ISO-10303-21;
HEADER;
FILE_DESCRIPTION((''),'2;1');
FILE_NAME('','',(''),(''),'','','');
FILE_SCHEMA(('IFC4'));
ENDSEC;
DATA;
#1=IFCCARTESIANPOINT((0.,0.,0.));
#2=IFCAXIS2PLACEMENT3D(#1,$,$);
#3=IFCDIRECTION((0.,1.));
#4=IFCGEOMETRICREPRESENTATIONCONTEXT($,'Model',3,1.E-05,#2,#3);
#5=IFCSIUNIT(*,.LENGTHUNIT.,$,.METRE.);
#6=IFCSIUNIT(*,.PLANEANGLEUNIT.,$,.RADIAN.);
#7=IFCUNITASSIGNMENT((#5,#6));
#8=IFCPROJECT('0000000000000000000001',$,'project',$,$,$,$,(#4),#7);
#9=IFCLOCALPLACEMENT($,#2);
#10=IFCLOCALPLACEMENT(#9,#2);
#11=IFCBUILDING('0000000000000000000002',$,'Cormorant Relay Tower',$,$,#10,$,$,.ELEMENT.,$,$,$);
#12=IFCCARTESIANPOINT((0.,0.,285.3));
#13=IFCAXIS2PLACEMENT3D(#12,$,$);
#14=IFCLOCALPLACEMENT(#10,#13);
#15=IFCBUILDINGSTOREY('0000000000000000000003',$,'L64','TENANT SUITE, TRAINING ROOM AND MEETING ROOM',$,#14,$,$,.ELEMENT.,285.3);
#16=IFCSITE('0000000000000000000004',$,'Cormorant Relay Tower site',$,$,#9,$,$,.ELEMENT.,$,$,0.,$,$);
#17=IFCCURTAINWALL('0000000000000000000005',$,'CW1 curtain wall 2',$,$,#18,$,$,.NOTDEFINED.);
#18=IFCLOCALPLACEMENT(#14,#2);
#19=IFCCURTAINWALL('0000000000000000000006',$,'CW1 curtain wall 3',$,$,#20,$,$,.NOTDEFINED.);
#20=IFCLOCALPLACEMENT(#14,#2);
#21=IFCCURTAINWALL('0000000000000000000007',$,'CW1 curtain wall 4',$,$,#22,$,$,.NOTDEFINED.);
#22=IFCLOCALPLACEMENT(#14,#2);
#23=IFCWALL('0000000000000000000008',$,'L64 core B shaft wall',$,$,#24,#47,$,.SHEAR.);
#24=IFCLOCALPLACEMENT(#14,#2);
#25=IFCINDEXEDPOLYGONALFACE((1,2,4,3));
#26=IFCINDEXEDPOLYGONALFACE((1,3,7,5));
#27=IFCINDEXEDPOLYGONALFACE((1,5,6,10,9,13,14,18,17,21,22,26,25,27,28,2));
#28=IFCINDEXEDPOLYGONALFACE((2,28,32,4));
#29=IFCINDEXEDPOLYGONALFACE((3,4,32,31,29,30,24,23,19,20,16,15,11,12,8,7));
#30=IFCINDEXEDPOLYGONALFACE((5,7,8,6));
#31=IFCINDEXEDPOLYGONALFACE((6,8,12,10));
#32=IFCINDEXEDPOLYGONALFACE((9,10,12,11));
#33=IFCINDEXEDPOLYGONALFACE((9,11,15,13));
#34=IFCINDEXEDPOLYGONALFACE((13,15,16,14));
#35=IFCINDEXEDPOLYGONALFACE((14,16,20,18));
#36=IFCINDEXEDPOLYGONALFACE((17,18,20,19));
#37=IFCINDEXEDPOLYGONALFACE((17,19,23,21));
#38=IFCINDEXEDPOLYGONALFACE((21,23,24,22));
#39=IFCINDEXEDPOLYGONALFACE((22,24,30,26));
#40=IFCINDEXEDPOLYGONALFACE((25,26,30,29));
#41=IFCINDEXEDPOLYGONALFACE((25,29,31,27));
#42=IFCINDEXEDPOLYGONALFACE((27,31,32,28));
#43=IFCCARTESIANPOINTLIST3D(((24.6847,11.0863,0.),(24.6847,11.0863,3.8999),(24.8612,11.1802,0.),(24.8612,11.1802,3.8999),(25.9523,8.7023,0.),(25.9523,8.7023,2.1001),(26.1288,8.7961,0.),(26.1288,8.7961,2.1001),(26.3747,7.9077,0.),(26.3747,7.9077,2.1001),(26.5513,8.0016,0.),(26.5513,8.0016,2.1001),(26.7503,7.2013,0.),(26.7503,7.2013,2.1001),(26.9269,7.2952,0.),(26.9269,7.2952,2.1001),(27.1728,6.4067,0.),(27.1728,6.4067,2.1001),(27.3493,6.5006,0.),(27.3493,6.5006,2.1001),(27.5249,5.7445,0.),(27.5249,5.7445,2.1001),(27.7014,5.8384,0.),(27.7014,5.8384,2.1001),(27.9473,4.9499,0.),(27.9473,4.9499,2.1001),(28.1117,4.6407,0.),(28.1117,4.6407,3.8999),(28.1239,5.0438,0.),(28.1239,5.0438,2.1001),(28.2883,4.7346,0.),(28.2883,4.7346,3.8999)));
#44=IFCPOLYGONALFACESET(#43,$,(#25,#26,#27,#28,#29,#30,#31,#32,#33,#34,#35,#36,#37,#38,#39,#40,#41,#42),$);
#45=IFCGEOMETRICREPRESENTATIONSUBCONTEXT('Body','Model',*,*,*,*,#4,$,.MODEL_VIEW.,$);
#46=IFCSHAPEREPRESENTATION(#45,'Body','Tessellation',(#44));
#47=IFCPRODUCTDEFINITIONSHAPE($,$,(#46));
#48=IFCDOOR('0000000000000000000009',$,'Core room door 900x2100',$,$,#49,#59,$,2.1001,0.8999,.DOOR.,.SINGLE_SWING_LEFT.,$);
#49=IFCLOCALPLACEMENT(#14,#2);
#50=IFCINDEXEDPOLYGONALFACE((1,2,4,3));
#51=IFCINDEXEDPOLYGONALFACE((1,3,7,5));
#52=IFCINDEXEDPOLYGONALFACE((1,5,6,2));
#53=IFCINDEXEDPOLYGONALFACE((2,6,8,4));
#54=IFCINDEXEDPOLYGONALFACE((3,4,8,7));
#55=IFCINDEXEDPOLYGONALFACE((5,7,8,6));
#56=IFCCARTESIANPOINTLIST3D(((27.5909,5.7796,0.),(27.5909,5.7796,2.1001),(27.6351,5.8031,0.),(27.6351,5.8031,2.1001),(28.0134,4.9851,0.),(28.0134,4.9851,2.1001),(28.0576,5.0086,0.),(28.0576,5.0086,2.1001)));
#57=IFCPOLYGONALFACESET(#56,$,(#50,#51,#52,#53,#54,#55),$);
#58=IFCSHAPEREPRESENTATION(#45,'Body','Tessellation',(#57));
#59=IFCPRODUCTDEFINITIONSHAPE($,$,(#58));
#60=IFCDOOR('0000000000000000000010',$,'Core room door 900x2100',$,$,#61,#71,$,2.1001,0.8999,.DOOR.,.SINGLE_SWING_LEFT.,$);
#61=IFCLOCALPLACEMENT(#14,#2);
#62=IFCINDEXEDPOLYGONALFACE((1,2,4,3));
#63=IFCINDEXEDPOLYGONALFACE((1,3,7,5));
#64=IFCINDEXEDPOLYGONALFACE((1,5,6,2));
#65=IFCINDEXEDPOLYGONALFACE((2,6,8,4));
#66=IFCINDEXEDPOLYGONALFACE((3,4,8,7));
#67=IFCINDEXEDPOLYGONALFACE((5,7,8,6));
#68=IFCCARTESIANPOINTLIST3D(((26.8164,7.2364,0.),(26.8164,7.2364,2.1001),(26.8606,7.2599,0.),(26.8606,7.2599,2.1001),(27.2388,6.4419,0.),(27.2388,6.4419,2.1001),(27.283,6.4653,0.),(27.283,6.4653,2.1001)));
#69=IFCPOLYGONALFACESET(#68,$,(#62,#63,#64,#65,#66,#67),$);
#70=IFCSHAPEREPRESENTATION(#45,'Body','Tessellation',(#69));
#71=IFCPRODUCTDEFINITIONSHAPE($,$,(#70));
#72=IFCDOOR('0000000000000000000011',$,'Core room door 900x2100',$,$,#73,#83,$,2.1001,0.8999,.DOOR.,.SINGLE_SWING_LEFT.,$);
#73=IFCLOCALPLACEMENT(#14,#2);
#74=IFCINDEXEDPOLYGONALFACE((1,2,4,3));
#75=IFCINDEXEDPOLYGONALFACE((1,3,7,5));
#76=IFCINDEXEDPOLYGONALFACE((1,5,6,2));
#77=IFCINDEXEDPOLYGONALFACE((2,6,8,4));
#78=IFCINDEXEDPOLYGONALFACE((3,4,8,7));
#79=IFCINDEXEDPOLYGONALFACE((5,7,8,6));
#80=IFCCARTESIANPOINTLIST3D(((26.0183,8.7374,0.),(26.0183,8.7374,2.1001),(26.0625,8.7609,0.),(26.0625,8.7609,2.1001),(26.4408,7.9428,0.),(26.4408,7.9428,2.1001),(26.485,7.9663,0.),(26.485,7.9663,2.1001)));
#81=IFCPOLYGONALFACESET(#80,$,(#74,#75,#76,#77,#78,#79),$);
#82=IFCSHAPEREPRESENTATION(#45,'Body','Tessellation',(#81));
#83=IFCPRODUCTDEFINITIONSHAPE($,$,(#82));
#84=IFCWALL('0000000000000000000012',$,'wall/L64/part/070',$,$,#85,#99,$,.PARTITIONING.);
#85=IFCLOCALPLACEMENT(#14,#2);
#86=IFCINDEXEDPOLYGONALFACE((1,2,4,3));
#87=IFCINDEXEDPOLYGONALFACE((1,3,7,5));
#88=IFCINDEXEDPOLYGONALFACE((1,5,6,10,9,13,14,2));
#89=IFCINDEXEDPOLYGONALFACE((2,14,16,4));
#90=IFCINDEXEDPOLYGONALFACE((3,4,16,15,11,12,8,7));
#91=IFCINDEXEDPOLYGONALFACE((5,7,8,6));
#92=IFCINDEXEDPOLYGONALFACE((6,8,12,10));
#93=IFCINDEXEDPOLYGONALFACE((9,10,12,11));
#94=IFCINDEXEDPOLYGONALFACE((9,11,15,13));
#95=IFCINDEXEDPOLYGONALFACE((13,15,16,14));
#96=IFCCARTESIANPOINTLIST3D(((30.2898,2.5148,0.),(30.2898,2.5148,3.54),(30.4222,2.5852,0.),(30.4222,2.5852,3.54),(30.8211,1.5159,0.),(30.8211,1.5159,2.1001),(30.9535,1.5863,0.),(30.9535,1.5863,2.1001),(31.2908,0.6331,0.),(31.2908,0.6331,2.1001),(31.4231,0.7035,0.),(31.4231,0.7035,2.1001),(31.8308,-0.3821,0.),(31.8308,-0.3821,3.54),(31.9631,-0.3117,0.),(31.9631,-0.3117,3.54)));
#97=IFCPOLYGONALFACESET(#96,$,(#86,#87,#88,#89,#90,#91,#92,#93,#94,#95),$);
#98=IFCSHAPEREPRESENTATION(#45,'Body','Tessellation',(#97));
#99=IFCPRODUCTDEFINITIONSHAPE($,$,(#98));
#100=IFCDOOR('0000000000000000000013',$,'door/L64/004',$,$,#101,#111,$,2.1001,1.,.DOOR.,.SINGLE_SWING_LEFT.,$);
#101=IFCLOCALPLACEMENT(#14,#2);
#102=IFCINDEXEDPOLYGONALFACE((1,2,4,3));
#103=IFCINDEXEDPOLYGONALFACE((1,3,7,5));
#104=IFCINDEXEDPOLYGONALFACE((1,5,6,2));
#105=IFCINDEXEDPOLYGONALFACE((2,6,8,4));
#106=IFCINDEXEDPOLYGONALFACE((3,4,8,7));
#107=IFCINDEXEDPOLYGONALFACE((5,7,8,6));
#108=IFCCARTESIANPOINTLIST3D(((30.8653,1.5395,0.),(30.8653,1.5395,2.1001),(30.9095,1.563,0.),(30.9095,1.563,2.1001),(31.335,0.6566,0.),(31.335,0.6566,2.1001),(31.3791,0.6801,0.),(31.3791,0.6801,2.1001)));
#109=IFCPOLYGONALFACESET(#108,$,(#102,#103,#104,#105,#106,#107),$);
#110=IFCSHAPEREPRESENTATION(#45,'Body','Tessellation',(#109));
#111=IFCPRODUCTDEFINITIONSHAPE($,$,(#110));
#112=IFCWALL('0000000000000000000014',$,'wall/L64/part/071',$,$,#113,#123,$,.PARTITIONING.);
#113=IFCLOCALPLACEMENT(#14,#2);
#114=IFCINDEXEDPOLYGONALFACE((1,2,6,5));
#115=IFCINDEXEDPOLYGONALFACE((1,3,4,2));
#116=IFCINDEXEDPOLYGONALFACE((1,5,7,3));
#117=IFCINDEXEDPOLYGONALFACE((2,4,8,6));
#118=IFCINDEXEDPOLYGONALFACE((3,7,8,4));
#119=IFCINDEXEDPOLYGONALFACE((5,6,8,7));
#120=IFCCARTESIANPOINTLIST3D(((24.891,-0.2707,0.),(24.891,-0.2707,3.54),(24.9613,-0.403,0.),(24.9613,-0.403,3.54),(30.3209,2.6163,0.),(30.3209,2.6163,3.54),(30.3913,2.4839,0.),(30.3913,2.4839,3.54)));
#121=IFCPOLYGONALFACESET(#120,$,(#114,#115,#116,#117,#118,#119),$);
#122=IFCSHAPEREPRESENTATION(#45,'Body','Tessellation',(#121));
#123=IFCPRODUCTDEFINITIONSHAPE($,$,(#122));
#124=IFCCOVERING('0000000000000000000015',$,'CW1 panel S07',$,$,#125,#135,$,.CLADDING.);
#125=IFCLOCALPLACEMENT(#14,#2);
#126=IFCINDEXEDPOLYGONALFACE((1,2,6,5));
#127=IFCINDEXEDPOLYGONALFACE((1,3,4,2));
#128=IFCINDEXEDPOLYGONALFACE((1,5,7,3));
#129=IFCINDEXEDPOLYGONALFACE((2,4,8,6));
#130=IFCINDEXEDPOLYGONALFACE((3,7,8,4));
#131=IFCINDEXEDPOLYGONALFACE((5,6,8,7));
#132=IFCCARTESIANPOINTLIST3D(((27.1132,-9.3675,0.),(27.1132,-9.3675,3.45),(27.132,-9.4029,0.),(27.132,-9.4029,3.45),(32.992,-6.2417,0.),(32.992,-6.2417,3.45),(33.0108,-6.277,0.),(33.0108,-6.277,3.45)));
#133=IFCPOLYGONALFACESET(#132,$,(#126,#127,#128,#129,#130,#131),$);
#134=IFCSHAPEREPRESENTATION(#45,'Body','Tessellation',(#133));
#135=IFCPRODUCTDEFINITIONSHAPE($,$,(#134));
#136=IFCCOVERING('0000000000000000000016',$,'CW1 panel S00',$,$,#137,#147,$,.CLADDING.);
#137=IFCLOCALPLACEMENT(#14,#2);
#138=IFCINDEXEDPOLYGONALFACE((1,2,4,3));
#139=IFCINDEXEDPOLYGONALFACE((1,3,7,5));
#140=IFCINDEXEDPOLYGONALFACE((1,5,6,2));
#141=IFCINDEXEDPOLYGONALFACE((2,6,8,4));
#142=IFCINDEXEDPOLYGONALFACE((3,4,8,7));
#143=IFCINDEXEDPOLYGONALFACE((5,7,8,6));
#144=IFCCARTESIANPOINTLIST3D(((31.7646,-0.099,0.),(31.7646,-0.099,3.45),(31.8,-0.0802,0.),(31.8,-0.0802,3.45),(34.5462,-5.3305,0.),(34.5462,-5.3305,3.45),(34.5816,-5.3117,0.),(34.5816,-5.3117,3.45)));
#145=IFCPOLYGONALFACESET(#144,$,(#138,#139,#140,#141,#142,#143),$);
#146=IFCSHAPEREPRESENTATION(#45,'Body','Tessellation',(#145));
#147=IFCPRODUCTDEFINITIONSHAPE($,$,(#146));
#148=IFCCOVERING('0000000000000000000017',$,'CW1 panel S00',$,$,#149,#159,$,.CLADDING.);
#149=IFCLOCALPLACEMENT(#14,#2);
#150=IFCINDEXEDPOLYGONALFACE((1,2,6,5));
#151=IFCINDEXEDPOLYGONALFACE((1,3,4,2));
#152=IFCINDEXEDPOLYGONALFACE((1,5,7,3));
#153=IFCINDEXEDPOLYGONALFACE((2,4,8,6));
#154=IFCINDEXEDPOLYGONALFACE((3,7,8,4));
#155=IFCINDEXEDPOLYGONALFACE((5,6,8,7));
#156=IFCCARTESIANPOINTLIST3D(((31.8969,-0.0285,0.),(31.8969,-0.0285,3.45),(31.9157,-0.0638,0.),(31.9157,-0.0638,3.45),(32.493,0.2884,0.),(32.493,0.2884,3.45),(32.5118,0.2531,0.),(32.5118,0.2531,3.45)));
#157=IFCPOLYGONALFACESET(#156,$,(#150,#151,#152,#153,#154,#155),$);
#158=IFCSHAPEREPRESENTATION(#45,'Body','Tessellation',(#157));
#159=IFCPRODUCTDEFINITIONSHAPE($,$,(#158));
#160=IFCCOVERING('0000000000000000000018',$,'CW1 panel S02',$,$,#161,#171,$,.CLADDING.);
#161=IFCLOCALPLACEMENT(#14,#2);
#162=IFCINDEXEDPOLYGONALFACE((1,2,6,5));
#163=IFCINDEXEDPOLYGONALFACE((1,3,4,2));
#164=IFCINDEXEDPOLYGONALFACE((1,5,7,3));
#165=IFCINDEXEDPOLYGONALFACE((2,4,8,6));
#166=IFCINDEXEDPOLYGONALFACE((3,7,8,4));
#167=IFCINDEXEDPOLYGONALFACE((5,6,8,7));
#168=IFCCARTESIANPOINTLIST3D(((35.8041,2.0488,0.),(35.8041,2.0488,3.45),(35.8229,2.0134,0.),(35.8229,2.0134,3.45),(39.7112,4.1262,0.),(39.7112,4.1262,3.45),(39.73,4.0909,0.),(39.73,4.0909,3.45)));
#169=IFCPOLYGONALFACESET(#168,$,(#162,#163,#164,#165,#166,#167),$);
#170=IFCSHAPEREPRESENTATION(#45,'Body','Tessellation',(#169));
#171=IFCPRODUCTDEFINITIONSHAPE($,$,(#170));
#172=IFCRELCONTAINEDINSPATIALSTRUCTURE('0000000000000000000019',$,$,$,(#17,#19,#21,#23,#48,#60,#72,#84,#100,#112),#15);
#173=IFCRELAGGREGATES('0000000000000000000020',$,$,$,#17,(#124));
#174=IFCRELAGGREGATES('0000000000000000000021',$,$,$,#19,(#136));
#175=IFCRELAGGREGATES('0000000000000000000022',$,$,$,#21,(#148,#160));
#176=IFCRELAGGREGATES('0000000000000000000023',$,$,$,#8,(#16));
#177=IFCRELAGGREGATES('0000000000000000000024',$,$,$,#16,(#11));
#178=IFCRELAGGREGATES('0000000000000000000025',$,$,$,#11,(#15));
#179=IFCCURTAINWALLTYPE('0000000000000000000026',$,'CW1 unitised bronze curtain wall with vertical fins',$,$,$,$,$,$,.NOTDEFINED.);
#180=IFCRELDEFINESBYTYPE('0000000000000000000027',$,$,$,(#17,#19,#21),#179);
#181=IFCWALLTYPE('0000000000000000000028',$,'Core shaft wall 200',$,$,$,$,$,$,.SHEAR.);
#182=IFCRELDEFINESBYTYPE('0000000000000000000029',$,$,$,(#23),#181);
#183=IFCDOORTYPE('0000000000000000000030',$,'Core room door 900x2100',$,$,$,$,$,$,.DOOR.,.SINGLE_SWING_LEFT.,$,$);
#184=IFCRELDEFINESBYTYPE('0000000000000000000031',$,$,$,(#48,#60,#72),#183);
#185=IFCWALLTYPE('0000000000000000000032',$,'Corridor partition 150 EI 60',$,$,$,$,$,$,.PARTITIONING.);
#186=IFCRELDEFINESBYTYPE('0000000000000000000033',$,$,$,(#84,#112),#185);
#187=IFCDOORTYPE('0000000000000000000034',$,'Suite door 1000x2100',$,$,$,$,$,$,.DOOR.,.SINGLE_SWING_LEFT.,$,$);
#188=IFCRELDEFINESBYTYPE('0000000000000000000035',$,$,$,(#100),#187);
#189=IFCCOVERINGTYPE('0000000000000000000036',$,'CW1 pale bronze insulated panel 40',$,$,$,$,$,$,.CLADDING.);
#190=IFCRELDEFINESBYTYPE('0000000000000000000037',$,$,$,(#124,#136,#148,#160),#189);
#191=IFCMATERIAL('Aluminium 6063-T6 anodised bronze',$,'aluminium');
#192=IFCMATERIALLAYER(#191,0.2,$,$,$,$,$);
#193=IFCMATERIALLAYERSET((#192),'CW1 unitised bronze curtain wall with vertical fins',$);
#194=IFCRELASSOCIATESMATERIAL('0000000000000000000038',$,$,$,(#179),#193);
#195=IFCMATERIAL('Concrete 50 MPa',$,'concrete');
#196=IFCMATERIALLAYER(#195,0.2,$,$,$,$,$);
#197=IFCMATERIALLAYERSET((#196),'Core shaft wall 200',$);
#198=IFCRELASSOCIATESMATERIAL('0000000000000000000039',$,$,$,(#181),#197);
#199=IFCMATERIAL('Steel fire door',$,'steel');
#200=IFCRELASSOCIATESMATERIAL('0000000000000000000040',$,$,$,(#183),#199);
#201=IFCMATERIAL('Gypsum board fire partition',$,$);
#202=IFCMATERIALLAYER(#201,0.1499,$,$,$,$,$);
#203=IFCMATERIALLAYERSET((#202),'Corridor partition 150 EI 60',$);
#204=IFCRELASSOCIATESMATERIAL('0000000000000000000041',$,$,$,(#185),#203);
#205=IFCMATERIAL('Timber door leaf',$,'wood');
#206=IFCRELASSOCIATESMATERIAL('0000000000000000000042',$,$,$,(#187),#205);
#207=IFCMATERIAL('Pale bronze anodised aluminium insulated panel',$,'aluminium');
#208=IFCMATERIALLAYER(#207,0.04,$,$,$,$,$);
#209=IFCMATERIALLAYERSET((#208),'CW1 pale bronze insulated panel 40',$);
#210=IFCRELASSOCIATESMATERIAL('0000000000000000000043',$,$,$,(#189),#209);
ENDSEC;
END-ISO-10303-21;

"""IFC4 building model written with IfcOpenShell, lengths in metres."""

from ifc_helpers import new_model, si_unit, direction, frame, frame_2d, origin, origin_2d, place, context, subcontext, project, spatial, rectangle, extrude, material, layer, layer_set, type_object, element, fill, aggregate, save


model = new_model("IFC4")

# Units and contexts
model_context = context("Model", 3, precision=1e-05, world=origin(), true_north=direction((0.0, 1.0)))
body_context = subcontext(model_context, "Body", "Model", "MODEL_VIEW")
ifc_project = project(units=[si_unit("LENGTHUNIT", "METRE"), si_unit("PLANEANGLEUNIT", "RADIAN")], contexts=[model_context])

# Site, building, storey
site_placement = place(None, origin())
site = spatial("IfcSite", under=ifc_project, at=site_placement, Name="Cormorant Relay Tower site", CompositionType="ELEMENT", RefElevation=0.0)
building_placement = place(site_placement, origin())
building = spatial("IfcBuilding", under=site, at=building_placement, Name="Cormorant Relay Tower", CompositionType="ELEMENT")
storey_placement = place(building_placement, frame((0.0, 0.0, 285.3)))
storey = spatial("IfcBuildingStorey", under=building, at=storey_placement, Name="L64", Description="TENANT SUITE, TRAINING ROOM AND MEETING ROOM", CompositionType="ELEMENT", Elevation=285.3)

# Curtain walls
ifc_material_1 = material(Name="Aluminium 6063-T6 anodised bronze", Category="aluminium")
ifc_layer_1 = layer(ifc_material_1, 0.2)
ifc_layer_set_1 = layer_set([ifc_layer_1], Name="CW1 unitised bronze curtain wall with vertical fins")
curtain_wall_type = type_object("IfcCurtainWallType", Name="CW1 unitised bronze curtain wall with vertical fins", PredefinedType="NOTDEFINED", material=ifc_layer_set_1)
curtain_wall_1_placement = place(storey_placement, origin())
curtain_wall_1 = element("IfcCurtainWall", 1, at=curtain_wall_1_placement, inside=storey, type_object=curtain_wall_type, Name="CW1 curtain wall 2", PredefinedType="NOTDEFINED")
curtain_wall_2_placement = place(storey_placement, origin())
curtain_wall_2 = element("IfcCurtainWall", 2, at=curtain_wall_2_placement, inside=storey, type_object=curtain_wall_type, Name="CW1 curtain wall 3", PredefinedType="NOTDEFINED")

# Curtain wall
curtain_wall_3_placement = place(storey_placement, origin())
curtain_wall_3 = element("IfcCurtainWall", 3, at=curtain_wall_3_placement, inside=storey, type_object=curtain_wall_type, Name="CW1 curtain wall 4", PredefinedType="NOTDEFINED")

# Shared definitions
ifc_material_2 = material(Name="Concrete 50 MPa", Category="concrete")
ifc_layer_2 = layer(ifc_material_2, 0.2)
ifc_layer_set_2 = layer_set([ifc_layer_2], Name="Core shaft wall 200")
wall_type_1 = type_object("IfcWallType", Name="Core shaft wall 200", PredefinedType="SHEAR", material=ifc_layer_set_2)

# Wall, openings, doors
wall_1_placement = place(storey_placement, frame((28.2, 4.6877, 0.0), z_axis=(0.0, 0.0, 1.0), x_axis=(-0.469454, 0.882957, 0.0)))
wall_1 = element("IfcWall", 4, at=wall_1_placement, inside=storey, type_object=wall_type_1, Name="L64 core B shaft wall", PredefinedType="SHEAR", context=body_context, shape_type="SweptSolid", body=[
    extrude(rectangle(XDim=7.3, YDim=0.2, at=frame_2d((3.6499, 0.0))), origin(), (0.0, 0.0, 1.0), 3.8999),
])
opening_1_placement = place(wall_1_placement, frame((0.3501, 0.0, 0.0)))
opening_1 = element("IfcOpeningElement", 5, at=opening_1_placement, cuts=wall_1, PredefinedType="OPENING", context=body_context, shape_type="SweptSolid", body=[
    extrude(rectangle(XDim=0.8999, YDim=2.1001, at=frame_2d((0.45, 1.05))), frame((0.0, 0.1099, 0.0), z_axis=(0.0, -1.0, 0.0), x_axis=(1.0, 0.0, 0.0)), (0.0, 0.0, 1.0), 0.22),
])
opening_2_placement = place(wall_1_placement, frame((2.0, 0.0, 0.0)))
opening_2 = element("IfcOpeningElement", 6, at=opening_2_placement, cuts=wall_1, PredefinedType="OPENING", context=body_context, shape_type="SweptSolid", body=[
    extrude(rectangle(XDim=0.8999, YDim=2.1001, at=frame_2d((0.45, 1.05))), frame((0.0, 0.1099, 0.0), z_axis=(0.0, -1.0, 0.0), x_axis=(1.0, 0.0, 0.0)), (0.0, 0.0, 1.0), 0.22),
])
opening_3_placement = place(wall_1_placement, frame((3.7, 0.0, 0.0)))
opening_3 = element("IfcOpeningElement", 7, at=opening_3_placement, cuts=wall_1, PredefinedType="OPENING", context=body_context, shape_type="SweptSolid", body=[
    extrude(rectangle(XDim=0.8999, YDim=2.1001, at=frame_2d((0.45, 1.05))), frame((0.0, 0.1099, 0.0), z_axis=(0.0, -1.0, 0.0), x_axis=(1.0, 0.0, 0.0)), (0.0, 0.0, 1.0), 0.22),
])
ifc_material_3 = material(Name="Steel fire door", Category="steel")
door_type_1 = type_object("IfcDoorType", Name="Core room door 900x2100", OperationType="SINGLE_SWING_LEFT", PredefinedType="DOOR", material=ifc_material_3)
door_1_placement = place(opening_1_placement, frame((0.8999, 0.0, 0.0), z_axis=(0.0, 0.0, 1.0), x_axis=(-1.0, 0.0, 0.0)))
door_1 = element("IfcDoor", 8, at=door_1_placement, inside=storey, type_object=door_type_1, Name="Core room door 900x2100", OperationType="SINGLE_SWING_LEFT", OverallHeight=2.1001, OverallWidth=0.8999, PredefinedType="DOOR", context=body_context, shape_type="SweptSolid", body=[
    extrude(rectangle(XDim=0.8999, YDim=2.1001, at=frame_2d((0.45, 1.05))), frame((0.0, 0.0249, 0.0), z_axis=(0.0, -1.0, 0.0), x_axis=(1.0, 0.0, 0.0)), (0.0, 0.0, 1.0), 0.05),
])
fill(opening_1, door_1)
door_2_placement = place(opening_2_placement, frame((0.8999, 0.0, 0.0), z_axis=(0.0, 0.0, 1.0), x_axis=(-1.0, 0.0, 0.0)))
door_2 = element("IfcDoor", 9, at=door_2_placement, inside=storey, type_object=door_type_1, Name="Core room door 900x2100", OperationType="SINGLE_SWING_LEFT", OverallHeight=2.1001, OverallWidth=0.8999, PredefinedType="DOOR", context=body_context, shape_type="SweptSolid", body=[
    extrude(rectangle(XDim=0.8999, YDim=2.1001, at=frame_2d((0.45, 1.05))), frame((0.0, 0.0249, 0.0), z_axis=(0.0, -1.0, 0.0), x_axis=(1.0, 0.0, 0.0)), (0.0, 0.0, 1.0), 0.05),
])
fill(opening_2, door_2)
door_3_placement = place(opening_3_placement, frame((0.8999, 0.0, 0.0), z_axis=(0.0, 0.0, 1.0), x_axis=(-1.0, 0.0, 0.0)))
door_3 = element("IfcDoor", 10, at=door_3_placement, inside=storey, type_object=door_type_1, Name="Core room door 900x2100", OperationType="SINGLE_SWING_LEFT", OverallHeight=2.1001, OverallWidth=0.8999, PredefinedType="DOOR", context=body_context, shape_type="SweptSolid", body=[
    extrude(rectangle(XDim=0.8999, YDim=2.1001, at=frame_2d((0.45, 1.05))), frame((0.0, 0.0249, 0.0), z_axis=(0.0, -1.0, 0.0), x_axis=(1.0, 0.0, 0.0)), (0.0, 0.0, 1.0), 0.05),
])
fill(opening_3, door_3)

# Wall, opening, door
ifc_material_4 = material(Name="Gypsum board fire partition")
ifc_layer_3 = layer(ifc_material_4, 0.1499)
ifc_layer_set_3 = layer_set([ifc_layer_3], Name="Corridor partition 150 EI 60")
wall_type_2 = type_object("IfcWallType", Name="Corridor partition 150 EI 60", PredefinedType="PARTITIONING", material=ifc_layer_set_3)
wall_2_placement = place(storey_placement, frame((31.897, -0.3469, 0.0), z_axis=(0.0, 0.0, 1.0), x_axis=(-0.46963, 0.882863, 0.0)))
wall_2 = element("IfcWall", 11, at=wall_2_placement, inside=storey, type_object=wall_type_2, Name="wall/L64/part/070", PredefinedType="PARTITIONING", context=body_context, shape_type="SweptSolid", body=[
    extrude(rectangle(XDim=3.2812, YDim=0.1499, at=frame_2d((1.6406, 0.0))), origin(), (0.0, 0.0, 1.0), 3.54),
])
opening_4_placement = place(wall_2_placement, frame((1.1499, 0.0, 0.0)))
opening_4 = element("IfcOpeningElement", 12, at=opening_4_placement, cuts=wall_2, PredefinedType="OPENING", context=body_context, shape_type="SweptSolid", body=[
    extrude(rectangle(XDim=1.0, YDim=2.1001, at=frame_2d((0.5, 1.05))), frame((0.0, 0.085, 0.0), z_axis=(0.0, -1.0, 0.0), x_axis=(1.0, 0.0, 0.0)), (0.0, 0.0, 1.0), 0.1699),
])
ifc_material_5 = material(Name="Timber door leaf", Category="wood")
door_type_2 = type_object("IfcDoorType", Name="Suite door 1000x2100", OperationType="SINGLE_SWING_LEFT", PredefinedType="DOOR", material=ifc_material_5)
door_4_placement = place(opening_4_placement, origin())
door_4 = element("IfcDoor", 13, at=door_4_placement, inside=storey, type_object=door_type_2, Name="door/L64/004", OperationType="SINGLE_SWING_LEFT", OverallHeight=2.1001, OverallWidth=1.0, PredefinedType="DOOR", context=body_context, shape_type="SweptSolid", body=[
    extrude(rectangle(XDim=1.0, YDim=2.1001, at=frame_2d((0.5, 1.05))), frame((0.0, 0.0249, 0.0), z_axis=(0.0, -1.0, 0.0), x_axis=(1.0, 0.0, 0.0)), (0.0, 0.0, 1.0), 0.05),
])
fill(opening_4, door_4)

# Wall
wall_3_placement = place(storey_placement, frame((30.356, 2.55, 0.0), z_axis=(0.0, 0.0, 1.0), x_axis=(-0.88296, -0.469448, 0.0)))
element("IfcWall", 14, at=wall_3_placement, inside=storey, type_object=wall_type_2, Name="wall/L64/part/071", PredefinedType="PARTITIONING", context=body_context, shape_type="SweptSolid", body=[
    extrude(rectangle(XDim=6.1497, YDim=0.1499, at=frame_2d((3.0747, 0.0))), origin(), (0.0, 0.0, 1.0), 3.54),
])

# Coverings
ifc_material_6 = material(Name="Pale bronze anodised aluminium insulated panel", Category="aluminium")
ifc_layer_4 = layer(ifc_material_6, 0.04)
ifc_layer_set_4 = layer_set([ifc_layer_4], Name="CW1 pale bronze insulated panel 40")
covering_type = type_object("IfcCoveringType", Name="CW1 pale bronze insulated panel 40", PredefinedType="CLADDING", material=ifc_layer_set_4)
covering_1_placement = place(storey_placement, frame((30.062, -7.8223, 0.0), z_axis=(0.0, 0.0, 1.0), x_axis=(0.882948, 0.469472, 0.0)))
covering_1 = element("IfcCovering", 15, at=covering_1_placement, type_object=covering_type, Name="CW1 panel S07", PredefinedType="CLADDING", context=body_context, shape_type="SweptSolid", body=[
    extrude(rectangle(XDim=6.6582, YDim=0.04, at=origin_2d()), origin(), (0.0, 0.0, 1.0), 3.45),
])
aggregate(curtain_wall_1, [covering_1])
covering_2_placement = place(storey_placement, frame((33.1731, -2.7053, 0.0), z_axis=(0.0, 0.0, 1.0), x_axis=(-0.469472, 0.882948, 0.0)))
covering_2 = element("IfcCovering", 16, at=covering_2_placement, type_object=covering_type, Name="CW1 panel S00", PredefinedType="CLADDING", context=body_context, shape_type="SweptSolid", body=[
    extrude(rectangle(XDim=5.925, YDim=0.04, at=origin_2d()), origin(), (0.0, 0.0, 1.0), 3.45),
])
aggregate(curtain_wall_2, [covering_2])
covering_3_placement = place(storey_placement, frame((32.2043, 0.1123, 0.0), z_axis=(0.0, 0.0, 1.0), x_axis=(0.882948, 0.469472, 0.0)))
covering_3 = element("IfcCovering", 17, at=covering_3_placement, type_object=covering_type, Name="CW1 panel S00", PredefinedType="CLADDING", context=body_context, shape_type="SweptSolid", body=[
    extrude(rectangle(XDim=0.675, YDim=0.04, at=origin_2d()), origin(), (0.0, 0.0, 1.0), 3.45),
])
covering_4_placement = place(storey_placement, frame((37.7671, 3.0698, 0.0), z_axis=(0.0, 0.0, 1.0), x_axis=(0.882948, 0.469472, 0.0)))
covering_4 = element("IfcCovering", 18, at=covering_4_placement, type_object=covering_type, Name="CW1 panel S02", PredefinedType="CLADDING", context=body_context, shape_type="SweptSolid", body=[
    extrude(rectangle(XDim=4.425, YDim=0.04, at=origin_2d()), origin(), (0.0, 0.0, 1.0), 3.45),
])
aggregate(curtain_wall_3, [covering_3, covering_4])

save(model, "model.ifc")
